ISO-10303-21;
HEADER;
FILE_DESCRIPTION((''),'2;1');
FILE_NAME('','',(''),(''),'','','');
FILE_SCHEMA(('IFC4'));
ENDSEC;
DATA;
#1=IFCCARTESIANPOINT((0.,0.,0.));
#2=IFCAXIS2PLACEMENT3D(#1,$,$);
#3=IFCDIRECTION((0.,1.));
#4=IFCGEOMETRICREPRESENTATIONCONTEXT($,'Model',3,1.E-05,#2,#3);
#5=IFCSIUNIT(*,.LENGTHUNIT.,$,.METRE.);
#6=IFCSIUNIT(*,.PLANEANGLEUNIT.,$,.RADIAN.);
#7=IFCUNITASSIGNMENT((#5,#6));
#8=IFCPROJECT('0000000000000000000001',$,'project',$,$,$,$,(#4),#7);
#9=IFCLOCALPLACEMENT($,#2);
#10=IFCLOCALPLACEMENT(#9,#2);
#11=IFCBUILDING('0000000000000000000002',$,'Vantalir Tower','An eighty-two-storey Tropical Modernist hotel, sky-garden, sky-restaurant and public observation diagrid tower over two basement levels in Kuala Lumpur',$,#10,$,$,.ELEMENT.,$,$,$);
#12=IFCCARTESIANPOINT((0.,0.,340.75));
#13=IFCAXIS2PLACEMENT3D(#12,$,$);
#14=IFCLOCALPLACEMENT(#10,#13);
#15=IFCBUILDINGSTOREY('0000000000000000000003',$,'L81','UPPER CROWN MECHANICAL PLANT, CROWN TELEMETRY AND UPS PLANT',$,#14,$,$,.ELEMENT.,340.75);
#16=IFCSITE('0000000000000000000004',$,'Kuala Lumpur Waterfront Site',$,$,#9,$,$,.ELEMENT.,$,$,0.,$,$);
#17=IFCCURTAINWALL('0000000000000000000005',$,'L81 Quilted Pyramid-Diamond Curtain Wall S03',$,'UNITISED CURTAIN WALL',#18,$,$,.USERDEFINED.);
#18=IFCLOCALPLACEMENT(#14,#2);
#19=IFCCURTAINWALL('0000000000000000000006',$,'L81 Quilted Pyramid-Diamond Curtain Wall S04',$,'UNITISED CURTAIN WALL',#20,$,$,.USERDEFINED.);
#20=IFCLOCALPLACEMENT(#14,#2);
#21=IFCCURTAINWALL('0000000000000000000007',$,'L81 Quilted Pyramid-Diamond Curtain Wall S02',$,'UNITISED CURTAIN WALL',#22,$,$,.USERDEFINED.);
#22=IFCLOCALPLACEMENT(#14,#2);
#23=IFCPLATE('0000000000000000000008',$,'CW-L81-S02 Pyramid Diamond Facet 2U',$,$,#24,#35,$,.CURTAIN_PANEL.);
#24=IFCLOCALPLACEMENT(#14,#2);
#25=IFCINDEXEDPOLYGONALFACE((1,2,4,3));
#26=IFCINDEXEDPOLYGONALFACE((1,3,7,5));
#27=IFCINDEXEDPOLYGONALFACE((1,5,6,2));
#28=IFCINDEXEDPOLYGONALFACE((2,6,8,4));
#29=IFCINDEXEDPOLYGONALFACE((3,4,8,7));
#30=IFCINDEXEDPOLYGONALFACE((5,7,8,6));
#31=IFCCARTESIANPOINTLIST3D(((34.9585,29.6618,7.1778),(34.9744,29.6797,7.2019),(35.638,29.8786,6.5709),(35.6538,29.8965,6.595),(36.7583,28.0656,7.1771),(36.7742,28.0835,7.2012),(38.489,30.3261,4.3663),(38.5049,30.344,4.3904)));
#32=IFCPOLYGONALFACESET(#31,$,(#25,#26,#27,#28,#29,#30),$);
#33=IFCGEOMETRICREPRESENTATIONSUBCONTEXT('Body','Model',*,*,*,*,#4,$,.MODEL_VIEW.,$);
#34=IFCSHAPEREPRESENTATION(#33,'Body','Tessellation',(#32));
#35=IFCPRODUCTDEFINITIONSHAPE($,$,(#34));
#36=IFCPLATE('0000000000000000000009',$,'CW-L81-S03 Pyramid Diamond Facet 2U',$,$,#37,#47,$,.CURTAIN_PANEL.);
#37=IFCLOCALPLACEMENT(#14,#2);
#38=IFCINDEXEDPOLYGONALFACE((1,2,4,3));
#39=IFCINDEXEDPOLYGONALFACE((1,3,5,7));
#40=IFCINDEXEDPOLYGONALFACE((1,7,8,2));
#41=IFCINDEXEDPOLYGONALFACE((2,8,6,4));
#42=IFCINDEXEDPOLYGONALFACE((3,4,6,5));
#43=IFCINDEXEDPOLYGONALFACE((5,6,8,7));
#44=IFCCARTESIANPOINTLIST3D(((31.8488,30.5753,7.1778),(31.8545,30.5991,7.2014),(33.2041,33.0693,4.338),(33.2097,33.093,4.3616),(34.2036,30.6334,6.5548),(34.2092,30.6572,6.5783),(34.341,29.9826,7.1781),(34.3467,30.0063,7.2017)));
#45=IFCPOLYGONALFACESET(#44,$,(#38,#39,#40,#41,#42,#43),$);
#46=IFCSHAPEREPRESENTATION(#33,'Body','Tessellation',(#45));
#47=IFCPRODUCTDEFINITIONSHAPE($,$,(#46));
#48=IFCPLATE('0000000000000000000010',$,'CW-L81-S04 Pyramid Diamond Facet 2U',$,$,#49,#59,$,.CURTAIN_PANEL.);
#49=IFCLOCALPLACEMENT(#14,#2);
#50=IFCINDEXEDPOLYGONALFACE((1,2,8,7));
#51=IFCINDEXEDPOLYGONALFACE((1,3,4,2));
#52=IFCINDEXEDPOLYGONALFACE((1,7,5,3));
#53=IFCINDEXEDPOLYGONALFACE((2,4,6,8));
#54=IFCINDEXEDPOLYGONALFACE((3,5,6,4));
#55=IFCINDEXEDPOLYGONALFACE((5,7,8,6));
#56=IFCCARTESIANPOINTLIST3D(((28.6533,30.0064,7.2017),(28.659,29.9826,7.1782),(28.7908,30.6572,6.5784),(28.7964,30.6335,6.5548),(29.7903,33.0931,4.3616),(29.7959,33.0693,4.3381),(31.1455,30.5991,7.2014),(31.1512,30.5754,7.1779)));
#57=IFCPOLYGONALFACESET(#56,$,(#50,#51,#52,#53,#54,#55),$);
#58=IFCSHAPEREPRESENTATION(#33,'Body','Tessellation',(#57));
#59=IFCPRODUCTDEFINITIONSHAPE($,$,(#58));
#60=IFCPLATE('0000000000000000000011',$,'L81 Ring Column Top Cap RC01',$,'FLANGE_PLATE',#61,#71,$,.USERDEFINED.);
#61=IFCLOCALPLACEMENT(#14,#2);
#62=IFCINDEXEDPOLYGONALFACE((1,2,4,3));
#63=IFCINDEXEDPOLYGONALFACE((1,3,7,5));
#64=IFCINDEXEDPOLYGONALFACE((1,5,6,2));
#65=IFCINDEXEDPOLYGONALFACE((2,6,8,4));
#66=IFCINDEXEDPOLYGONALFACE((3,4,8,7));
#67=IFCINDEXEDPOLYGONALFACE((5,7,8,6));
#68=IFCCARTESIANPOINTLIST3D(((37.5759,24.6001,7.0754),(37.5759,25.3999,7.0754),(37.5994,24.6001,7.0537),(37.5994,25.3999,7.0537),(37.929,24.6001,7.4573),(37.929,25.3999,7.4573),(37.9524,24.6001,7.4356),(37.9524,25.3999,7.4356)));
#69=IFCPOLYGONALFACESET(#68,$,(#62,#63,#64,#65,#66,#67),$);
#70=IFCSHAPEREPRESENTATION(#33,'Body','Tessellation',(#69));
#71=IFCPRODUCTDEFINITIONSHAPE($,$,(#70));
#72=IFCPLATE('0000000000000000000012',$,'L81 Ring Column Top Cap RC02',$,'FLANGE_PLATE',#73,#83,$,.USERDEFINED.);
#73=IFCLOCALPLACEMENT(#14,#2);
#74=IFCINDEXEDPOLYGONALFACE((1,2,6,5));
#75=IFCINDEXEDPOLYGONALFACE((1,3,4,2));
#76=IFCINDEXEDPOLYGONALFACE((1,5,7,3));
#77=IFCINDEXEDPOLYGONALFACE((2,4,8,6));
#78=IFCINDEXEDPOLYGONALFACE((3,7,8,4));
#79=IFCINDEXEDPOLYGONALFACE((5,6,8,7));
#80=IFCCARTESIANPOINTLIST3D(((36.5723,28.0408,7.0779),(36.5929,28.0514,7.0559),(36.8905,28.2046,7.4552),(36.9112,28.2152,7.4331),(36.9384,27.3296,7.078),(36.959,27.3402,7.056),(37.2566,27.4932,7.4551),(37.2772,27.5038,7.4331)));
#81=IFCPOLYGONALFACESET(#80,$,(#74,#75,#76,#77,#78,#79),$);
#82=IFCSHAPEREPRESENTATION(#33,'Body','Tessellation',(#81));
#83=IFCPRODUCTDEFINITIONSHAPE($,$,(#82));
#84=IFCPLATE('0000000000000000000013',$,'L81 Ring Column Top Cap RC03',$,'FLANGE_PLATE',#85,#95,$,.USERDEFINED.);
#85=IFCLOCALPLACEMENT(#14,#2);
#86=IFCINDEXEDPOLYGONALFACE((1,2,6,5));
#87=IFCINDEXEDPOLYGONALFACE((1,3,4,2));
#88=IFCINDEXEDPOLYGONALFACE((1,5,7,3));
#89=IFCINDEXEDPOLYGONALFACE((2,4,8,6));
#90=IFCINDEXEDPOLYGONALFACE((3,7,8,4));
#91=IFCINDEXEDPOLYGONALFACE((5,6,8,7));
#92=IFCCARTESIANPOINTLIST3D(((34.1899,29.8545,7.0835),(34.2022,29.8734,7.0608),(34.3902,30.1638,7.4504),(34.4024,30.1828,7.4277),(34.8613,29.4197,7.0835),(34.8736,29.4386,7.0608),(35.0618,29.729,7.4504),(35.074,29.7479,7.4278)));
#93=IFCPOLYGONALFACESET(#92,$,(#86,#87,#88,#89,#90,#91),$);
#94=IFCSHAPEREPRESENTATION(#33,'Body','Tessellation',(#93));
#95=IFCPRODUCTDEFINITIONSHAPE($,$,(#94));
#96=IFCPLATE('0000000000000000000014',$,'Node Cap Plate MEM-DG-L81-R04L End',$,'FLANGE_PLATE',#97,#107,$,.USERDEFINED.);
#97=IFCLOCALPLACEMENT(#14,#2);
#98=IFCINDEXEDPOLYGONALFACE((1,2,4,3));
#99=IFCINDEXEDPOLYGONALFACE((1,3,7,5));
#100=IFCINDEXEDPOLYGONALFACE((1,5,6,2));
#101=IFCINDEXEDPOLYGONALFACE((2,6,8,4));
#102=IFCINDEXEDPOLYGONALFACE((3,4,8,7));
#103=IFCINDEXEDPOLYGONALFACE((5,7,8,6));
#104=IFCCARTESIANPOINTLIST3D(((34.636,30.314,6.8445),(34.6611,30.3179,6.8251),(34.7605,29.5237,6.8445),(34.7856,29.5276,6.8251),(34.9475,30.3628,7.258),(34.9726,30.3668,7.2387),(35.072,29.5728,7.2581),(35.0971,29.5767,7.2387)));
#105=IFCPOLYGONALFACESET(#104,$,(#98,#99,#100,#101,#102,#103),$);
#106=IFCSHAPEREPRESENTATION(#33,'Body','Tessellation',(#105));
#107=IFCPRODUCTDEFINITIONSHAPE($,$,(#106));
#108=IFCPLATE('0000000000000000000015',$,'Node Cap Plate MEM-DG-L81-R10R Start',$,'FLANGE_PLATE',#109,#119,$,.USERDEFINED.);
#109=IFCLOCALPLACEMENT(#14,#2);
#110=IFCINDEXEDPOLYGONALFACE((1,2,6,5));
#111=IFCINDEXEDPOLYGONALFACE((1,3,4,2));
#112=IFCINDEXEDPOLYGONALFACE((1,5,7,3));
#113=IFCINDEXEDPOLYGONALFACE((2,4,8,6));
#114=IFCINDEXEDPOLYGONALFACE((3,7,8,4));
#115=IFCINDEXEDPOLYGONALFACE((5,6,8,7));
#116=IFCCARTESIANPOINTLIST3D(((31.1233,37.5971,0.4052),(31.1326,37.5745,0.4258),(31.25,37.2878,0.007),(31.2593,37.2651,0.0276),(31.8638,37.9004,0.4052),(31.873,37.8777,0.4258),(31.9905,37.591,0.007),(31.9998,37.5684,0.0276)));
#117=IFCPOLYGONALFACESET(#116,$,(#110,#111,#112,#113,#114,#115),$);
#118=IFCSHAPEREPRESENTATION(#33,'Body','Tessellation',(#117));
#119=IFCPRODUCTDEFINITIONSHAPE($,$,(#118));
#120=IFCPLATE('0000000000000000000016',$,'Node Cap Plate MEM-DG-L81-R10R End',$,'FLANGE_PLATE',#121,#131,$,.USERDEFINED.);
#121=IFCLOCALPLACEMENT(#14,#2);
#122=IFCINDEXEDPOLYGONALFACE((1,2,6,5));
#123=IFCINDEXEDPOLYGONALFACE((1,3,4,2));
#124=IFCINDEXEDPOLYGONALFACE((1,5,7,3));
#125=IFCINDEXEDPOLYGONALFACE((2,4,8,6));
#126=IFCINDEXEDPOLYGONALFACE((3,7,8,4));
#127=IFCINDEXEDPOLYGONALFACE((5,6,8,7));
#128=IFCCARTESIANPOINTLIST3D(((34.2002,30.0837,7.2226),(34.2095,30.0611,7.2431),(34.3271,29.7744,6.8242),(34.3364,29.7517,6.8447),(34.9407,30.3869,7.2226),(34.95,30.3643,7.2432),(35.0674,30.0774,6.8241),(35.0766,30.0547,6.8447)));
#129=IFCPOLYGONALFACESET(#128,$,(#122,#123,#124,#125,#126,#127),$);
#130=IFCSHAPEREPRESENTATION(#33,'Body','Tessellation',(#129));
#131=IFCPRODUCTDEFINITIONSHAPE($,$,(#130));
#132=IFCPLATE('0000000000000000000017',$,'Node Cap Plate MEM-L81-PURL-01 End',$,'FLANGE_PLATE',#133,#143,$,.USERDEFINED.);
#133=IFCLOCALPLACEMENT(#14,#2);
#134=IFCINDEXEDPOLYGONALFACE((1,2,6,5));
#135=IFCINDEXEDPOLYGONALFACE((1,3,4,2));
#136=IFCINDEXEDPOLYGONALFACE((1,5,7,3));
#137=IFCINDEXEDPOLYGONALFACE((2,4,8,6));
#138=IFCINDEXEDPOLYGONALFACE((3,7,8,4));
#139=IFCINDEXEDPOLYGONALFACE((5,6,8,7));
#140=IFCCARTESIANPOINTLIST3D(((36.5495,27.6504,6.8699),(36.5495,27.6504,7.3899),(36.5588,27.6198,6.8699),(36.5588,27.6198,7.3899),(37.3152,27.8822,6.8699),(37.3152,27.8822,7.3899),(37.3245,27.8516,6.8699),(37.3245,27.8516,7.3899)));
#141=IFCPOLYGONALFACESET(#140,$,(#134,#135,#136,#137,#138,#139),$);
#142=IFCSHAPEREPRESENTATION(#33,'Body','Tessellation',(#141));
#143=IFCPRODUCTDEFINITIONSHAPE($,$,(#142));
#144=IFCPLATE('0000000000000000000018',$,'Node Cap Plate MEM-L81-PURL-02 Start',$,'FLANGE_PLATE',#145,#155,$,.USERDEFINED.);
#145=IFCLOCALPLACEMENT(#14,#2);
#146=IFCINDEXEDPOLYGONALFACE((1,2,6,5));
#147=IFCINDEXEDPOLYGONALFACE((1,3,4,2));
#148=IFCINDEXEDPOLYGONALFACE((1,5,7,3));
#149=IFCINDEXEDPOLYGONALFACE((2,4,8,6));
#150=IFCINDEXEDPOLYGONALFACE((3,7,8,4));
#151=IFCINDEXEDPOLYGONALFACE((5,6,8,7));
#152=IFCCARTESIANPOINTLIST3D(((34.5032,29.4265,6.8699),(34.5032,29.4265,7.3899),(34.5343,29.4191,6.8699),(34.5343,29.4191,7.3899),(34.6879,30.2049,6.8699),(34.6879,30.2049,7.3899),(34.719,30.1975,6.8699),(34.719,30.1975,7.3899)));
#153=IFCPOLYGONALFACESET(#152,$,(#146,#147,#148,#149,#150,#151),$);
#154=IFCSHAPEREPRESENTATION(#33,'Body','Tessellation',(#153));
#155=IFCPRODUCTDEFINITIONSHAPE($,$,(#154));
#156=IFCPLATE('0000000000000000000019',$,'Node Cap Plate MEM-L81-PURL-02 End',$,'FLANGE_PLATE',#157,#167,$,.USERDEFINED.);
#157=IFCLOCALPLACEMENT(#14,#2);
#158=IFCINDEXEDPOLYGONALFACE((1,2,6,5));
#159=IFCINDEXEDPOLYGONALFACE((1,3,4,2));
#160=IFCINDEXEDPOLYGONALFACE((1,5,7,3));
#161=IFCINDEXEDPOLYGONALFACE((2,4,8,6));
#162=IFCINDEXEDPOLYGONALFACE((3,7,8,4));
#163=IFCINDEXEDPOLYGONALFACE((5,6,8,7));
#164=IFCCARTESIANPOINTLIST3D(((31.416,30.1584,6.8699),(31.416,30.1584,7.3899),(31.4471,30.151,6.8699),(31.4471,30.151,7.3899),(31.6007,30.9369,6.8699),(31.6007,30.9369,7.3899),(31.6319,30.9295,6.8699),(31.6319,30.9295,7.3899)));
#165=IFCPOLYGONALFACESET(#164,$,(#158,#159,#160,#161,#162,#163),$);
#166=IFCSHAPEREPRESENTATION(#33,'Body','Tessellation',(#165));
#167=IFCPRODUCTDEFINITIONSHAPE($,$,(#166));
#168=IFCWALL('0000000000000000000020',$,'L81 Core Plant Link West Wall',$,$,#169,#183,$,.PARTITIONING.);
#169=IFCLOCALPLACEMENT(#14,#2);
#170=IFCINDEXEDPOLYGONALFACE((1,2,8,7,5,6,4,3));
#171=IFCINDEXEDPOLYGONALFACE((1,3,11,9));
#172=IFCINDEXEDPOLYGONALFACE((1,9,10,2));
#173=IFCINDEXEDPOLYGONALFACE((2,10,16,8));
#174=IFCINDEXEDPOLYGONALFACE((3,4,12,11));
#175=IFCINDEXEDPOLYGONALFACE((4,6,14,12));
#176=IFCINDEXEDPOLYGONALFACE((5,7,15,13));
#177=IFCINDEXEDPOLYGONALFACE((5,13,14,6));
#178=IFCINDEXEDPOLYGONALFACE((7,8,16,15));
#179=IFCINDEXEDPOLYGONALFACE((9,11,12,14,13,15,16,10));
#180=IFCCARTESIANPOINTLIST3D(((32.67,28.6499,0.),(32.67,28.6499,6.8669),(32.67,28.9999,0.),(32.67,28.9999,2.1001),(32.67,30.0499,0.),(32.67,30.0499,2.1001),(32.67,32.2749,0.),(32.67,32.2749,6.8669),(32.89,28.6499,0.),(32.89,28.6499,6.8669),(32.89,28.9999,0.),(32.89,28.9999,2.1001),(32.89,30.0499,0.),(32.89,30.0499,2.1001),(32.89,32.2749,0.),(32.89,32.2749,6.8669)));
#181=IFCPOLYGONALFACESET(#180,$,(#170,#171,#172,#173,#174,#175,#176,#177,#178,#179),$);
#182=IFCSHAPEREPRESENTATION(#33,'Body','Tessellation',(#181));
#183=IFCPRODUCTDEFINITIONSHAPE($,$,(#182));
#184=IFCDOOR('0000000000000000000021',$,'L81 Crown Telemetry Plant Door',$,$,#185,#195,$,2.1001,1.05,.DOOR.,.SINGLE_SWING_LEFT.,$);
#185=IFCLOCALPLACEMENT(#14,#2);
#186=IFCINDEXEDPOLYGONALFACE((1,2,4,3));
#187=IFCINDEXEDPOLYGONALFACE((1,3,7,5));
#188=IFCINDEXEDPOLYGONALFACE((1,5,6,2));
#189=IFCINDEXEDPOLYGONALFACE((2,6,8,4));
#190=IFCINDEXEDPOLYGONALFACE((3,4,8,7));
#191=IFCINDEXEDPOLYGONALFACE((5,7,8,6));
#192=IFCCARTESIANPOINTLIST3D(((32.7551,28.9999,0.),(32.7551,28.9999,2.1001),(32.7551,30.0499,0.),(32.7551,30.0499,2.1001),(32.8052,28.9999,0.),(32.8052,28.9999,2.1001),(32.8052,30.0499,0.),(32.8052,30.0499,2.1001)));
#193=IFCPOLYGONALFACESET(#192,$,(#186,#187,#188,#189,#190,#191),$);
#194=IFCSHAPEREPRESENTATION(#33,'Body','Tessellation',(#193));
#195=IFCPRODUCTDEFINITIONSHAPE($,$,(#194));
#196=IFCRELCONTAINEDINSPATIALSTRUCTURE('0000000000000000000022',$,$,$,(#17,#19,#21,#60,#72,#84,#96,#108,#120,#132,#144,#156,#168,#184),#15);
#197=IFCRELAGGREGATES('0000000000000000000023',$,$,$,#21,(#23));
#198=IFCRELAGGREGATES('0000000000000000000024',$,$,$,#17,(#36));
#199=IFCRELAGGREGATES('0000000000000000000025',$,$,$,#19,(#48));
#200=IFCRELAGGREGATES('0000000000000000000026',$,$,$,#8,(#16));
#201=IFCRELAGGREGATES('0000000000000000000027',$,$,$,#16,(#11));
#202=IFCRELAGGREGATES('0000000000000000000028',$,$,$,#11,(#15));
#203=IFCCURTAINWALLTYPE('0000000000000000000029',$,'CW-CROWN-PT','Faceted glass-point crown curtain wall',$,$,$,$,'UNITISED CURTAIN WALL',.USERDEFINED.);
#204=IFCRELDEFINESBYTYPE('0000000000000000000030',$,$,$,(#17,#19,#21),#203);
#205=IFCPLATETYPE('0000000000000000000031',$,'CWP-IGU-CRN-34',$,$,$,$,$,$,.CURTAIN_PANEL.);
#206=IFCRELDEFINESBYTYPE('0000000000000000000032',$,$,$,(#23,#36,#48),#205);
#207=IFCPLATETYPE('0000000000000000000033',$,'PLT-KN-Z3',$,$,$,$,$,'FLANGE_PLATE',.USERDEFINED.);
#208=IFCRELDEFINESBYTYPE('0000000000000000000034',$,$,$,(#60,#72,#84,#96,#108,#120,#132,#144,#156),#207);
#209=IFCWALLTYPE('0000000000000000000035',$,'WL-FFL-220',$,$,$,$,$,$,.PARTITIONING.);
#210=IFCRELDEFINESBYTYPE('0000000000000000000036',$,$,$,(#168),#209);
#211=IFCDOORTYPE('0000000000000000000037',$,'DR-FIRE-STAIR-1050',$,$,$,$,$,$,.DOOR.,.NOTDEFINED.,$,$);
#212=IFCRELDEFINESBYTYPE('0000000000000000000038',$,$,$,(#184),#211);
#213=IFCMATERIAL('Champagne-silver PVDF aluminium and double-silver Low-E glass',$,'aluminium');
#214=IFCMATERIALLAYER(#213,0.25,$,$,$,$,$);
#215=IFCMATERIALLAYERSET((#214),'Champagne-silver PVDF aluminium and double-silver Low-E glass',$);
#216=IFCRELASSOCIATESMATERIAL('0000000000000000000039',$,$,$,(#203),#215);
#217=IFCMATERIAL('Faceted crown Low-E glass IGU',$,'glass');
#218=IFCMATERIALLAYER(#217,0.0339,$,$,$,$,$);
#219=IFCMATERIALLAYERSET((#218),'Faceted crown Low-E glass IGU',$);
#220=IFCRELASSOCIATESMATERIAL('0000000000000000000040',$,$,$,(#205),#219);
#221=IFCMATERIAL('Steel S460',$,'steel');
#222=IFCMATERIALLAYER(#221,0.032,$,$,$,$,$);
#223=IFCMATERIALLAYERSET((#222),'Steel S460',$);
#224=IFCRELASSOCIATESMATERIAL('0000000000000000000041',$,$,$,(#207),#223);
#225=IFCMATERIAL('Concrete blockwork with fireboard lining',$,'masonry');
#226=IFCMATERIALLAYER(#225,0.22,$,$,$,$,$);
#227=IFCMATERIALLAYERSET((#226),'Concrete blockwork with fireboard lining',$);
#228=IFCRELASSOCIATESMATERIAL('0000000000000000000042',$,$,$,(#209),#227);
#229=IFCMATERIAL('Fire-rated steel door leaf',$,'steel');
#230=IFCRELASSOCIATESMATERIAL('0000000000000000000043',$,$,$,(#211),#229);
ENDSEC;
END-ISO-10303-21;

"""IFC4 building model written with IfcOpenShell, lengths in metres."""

from ifc_helpers import new_model, si_unit, direction, frame, frame_2d, origin, origin_2d, place, context, subcontext, project, spatial, polyline, rectangle, outline, extrude, material, layer, layer_set, type_object, element, fill, aggregate, save


model = new_model("IFC4")

# Units and contexts
model_context = context("Model", 3, precision=1e-05, world=origin(), true_north=direction((0.0, 1.0)))
body_context = subcontext(model_context, "Body", "Model", "MODEL_VIEW")
ifc_project = project(units=[si_unit("LENGTHUNIT", "METRE"), si_unit("PLANEANGLEUNIT", "RADIAN")], contexts=[model_context])

# Site, building, storey
site_placement = place(None, origin())
site = spatial("IfcSite", under=ifc_project, at=site_placement, Name="Kuala Lumpur Waterfront Site", CompositionType="ELEMENT", RefElevation=0.0)
building_placement = place(site_placement, origin())
building = spatial("IfcBuilding", under=site, at=building_placement, Name="Vantalir Tower", Description="An eighty-two-storey Tropical Modernist hotel, sky-garden, sky-restaurant and public observation diagrid tower over two basement levels in Kuala Lumpur", CompositionType="ELEMENT")
storey_placement = place(building_placement, frame((0.0, 0.0, 340.75)))
storey = spatial("IfcBuildingStorey", under=building, at=storey_placement, Name="L81", Description="UPPER CROWN MECHANICAL PLANT, CROWN TELEMETRY AND UPS PLANT", CompositionType="ELEMENT", Elevation=340.75)

# Shared definitions
ifc_material_1 = material(Name="Steel S460", Category="steel")

# Curtain wall
ifc_material_2 = material(Name="Champagne-silver PVDF aluminium and double-silver Low-E glass", Category="aluminium")
ifc_layer_1 = layer(ifc_material_2, 0.25)
ifc_layer_set_1 = layer_set([ifc_layer_1], Name="Champagne-silver PVDF aluminium and double-silver Low-E glass")
curtain_wall_type = type_object("IfcCurtainWallType", Name="CW-CROWN-PT", Description="Faceted glass-point crown curtain wall", ElementType="UNITISED CURTAIN WALL", PredefinedType="USERDEFINED", material=ifc_layer_set_1)
curtain_wall_1_placement = place(storey_placement, origin())
curtain_wall_1 = element("IfcCurtainWall", 1, at=curtain_wall_1_placement, inside=storey, type_object=curtain_wall_type, Name="L81 Quilted Pyramid-Diamond Curtain Wall S03", ObjectType="UNITISED CURTAIN WALL", PredefinedType="USERDEFINED")

# Curtain wall
curtain_wall_2_placement = place(storey_placement, origin())
curtain_wall_2 = element("IfcCurtainWall", 2, at=curtain_wall_2_placement, inside=storey, type_object=curtain_wall_type, Name="L81 Quilted Pyramid-Diamond Curtain Wall S04", ObjectType="UNITISED CURTAIN WALL", PredefinedType="USERDEFINED")

# Curtain wall, plate
curtain_wall_3_placement = place(storey_placement, origin())
curtain_wall_3 = element("IfcCurtainWall", 3, at=curtain_wall_3_placement, inside=storey, type_object=curtain_wall_type, Name="L81 Quilted Pyramid-Diamond Curtain Wall S02", ObjectType="UNITISED CURTAIN WALL", PredefinedType="USERDEFINED")
ifc_material_3 = material(Name="Faceted crown Low-E glass IGU", Category="glass")
ifc_layer_2 = layer(ifc_material_3, 0.0339)
ifc_layer_set_2 = layer_set([ifc_layer_2], Name="Faceted crown Low-E glass IGU")
plate_type_1 = type_object("IfcPlateType", Name="CWP-IGU-CRN-34", PredefinedType="CURTAIN_PANEL", material=ifc_layer_set_2)
plate_1_placement = place(storey_placement, frame((36.7742, 28.0835, 7.2012), z_axis=(0.46695, 0.526189, 0.710692), x_axis=(-0.748159, 0.663519, 0.000304)))
plate_1 = element("IfcPlate", 4, at=plate_1_placement, type_object=plate_type_1, Name="CW-L81-S02 Pyramid Diamond Facet 2U", PredefinedType="CURTAIN_PANEL", context=body_context, shape_type="SweptSolid", body=[
    extrude(outline(polyline([(0.0, 0.0), (2.4056, 0.0), (2.041, -0.8626), (0.2042, -3.9955), (0.0, 0.0)])), origin(), (0.0, 0.0, -1.0), 0.0339),
])
aggregate(curtain_wall_3, [plate_1])

# Plates
plate_2_placement = place(storey_placement, frame((34.3467, 30.0063, 7.2017), z_axis=(0.166435, 0.700158, 0.694319), x_axis=(-0.972864, 0.231376, -0.000117)))
plate_2 = element("IfcPlate", 5, at=plate_2_placement, type_object=plate_type_1, Name="CW-L81-S03 Pyramid Diamond Facet 2U", PredefinedType="CURTAIN_PANEL", context=body_context, shape_type="SweptSolid", body=[
    extrude(outline(polyline([(0.0, 0.0), (2.5617, 0.0), (1.8206, -3.9461), (0.2844, -0.8661), (0.0, 0.0)])), origin(), (0.0, 0.0, -1.0), 0.0339),
])
aggregate(curtain_wall_1, [plate_2])
plate_3_placement = place(storey_placement, frame((31.1455, 30.5991, 7.2014), z_axis=(-0.166435, 0.700158, 0.694319), x_axis=(-0.972864, -0.231376, 0.000117)))
plate_3 = element("IfcPlate", 6, at=plate_3_placement, type_object=plate_type_1, Name="CW-L81-S04 Pyramid Diamond Facet 2U", PredefinedType="CURTAIN_PANEL", context=body_context, shape_type="SweptSolid", body=[
    extrude(outline(polyline([(0.0, 0.0), (2.5617, 0.0), (2.2773, -0.8661), (0.7411, -3.9461), (0.0, 0.0)])), origin(), (0.0, 0.0, -1.0), 0.0339),
])
aggregate(curtain_wall_2, [plate_3])

# Plates
ifc_layer_3 = layer(ifc_material_1, 0.032)
ifc_layer_set_3 = layer_set([ifc_layer_3], Name="Steel S460")
plate_type_2 = type_object("IfcPlateType", Name="PLT-KN-Z3", ElementType="FLANGE_PLATE", PredefinedType="USERDEFINED", material=ifc_layer_set_3)
plate_4_placement = place(storey_placement, frame((37.5759, 25.3999, 7.0754), z_axis=(-0.734263, 0.0, 0.678865), x_axis=(0.0, -1.0, 0.0)))
element("IfcPlate", 7, at=plate_4_placement, inside=storey, type_object=plate_type_2, Name="L81 Ring Column Top Cap RC01", ObjectType="FLANGE_PLATE", PredefinedType="USERDEFINED", context=body_context, shape_type="SweptSolid", body=[
    extrude(outline(polyline([(0.0, 0.0), (0.7998, 0.0), (0.7998, 0.52), (0.0, 0.52), (0.0, 0.0)])), origin(), (0.0, 0.0, -1.0), 0.032),
])
plate_5_placement = place(storey_placement, frame((36.5723, 28.0408, 7.0779), z_axis=(-0.64503, -0.33198, 0.688278), x_axis=(0.457707, -0.889103, 0.000103)))
element("IfcPlate", 8, at=plate_5_placement, inside=storey, type_object=plate_type_2, Name="L81 Ring Column Top Cap RC02", ObjectType="FLANGE_PLATE", PredefinedType="USERDEFINED", context=body_context, shape_type="SweptSolid", body=[
    extrude(outline(polyline([(0.0, 0.0), (0.7999, 0.0), (0.8001, 0.5198), (0.0001, 0.5201), (0.0, 0.0)])), origin(), (0.0, 0.0, -1.0), 0.032),
])
plate_6_placement = place(storey_placement, frame((34.1899, 29.8545, 7.0835), z_axis=(-0.383502, -0.592264, 0.708625), x_axis=(0.839371, -0.543558, -0.000041)))
element("IfcPlate", 9, at=plate_6_placement, inside=storey, type_object=plate_type_2, Name="L81 Ring Column Top Cap RC03", ObjectType="FLANGE_PLATE", PredefinedType="USERDEFINED", context=body_context, shape_type="SweptSolid", body=[
    extrude(outline(polyline([(0.0, 0.0), (0.7999, 0.0), (0.8, 0.5201), (-0.0001, 0.52), (0.0, 0.0)])), origin(), (0.0, 0.0, -1.0), 0.032),
])
plate_7_placement = place(storey_placement, frame((34.636, 30.314, 6.8445), z_axis=(-0.785515, -0.12378, 0.606337), x_axis=(0.155648, -0.987813, -0.000011)))
element("IfcPlate", 10, at=plate_7_placement, inside=storey, type_object=plate_type_2, Name="Node Cap Plate MEM-DG-L81-R04L End", ObjectType="FLANGE_PLATE", PredefinedType="USERDEFINED", context=body_context, shape_type="SweptSolid", body=[
    extrude(outline(polyline([(0.0, 0.0), (0.8, 0.0), (0.8, 0.5201), (0.0003, 0.5201), (0.0, 0.0)])), origin(), (0.0, 0.0, -1.0), 0.032),
])
plate_8_placement = place(storey_placement, frame((31.2593, 37.2651, 0.0276), z_axis=(0.290242, -0.70878, 0.642955), x_axis=(0.925416, 0.378954, 0.0)))
element("IfcPlate", 11, at=plate_8_placement, inside=storey, type_object=plate_type_2, Name="Node Cap Plate MEM-DG-L81-R10R Start", ObjectType="FLANGE_PLATE", PredefinedType="USERDEFINED", context=body_context, shape_type="SweptSolid", body=[
    extrude(outline(polyline([(0.0, 0.0), (0.8002, 0.0), (0.8001, 0.5199), (0.0, 0.5199), (0.0, 0.0)])), origin(), (0.0, 0.0, -1.0), 0.032),
])
plate_9_placement = place(storey_placement, frame((34.3364, 29.7517, 6.8447), z_axis=(0.290199, -0.708844, 0.642903), x_axis=(0.92546, 0.378845, -0.000041)))
element("IfcPlate", 12, at=plate_9_placement, inside=storey, type_object=plate_type_2, Name="Node Cap Plate MEM-DG-L81-R10R End", ObjectType="FLANGE_PLATE", PredefinedType="USERDEFINED", context=body_context, shape_type="SweptSolid", body=[
    extrude(outline(polyline([(0.0, 0.0), (0.7998, 0.0), (0.7998, 0.5202), (-0.0003, 0.5201), (0.0, 0.0)])), origin(), (0.0, 0.0, -1.0), 0.032),
])
for number, where, z_axis, x_axis, name in (
    (13, (36.937, 27.751, 6.8699), (0.0, 0.0, 1.0), (-0.289717, 0.957112, 0.0), "Node Cap Plate MEM-L81-PURL-01 End"),
    (14, (34.6111, 29.812, 6.8699), (0.0, 0.0, 1.0), (-0.972978, 0.230899, 0.0), "Node Cap Plate MEM-L81-PURL-02 Start"),
    (15, (31.5239, 30.5439, 6.8699), (0.0, 0.0, 1.0), (-0.972978, 0.230899, 0.0), "Node Cap Plate MEM-L81-PURL-02 End"),
):
    element("IfcPlate", number, at=place(storey_placement, frame(where, z_axis=z_axis, x_axis=x_axis)), inside=storey, type_object=plate_type_2, Name=name, ObjectType="FLANGE_PLATE", PredefinedType="USERDEFINED", context=body_context, shape_type="SweptSolid", body=[
        extrude(rectangle(XDim=0.032, YDim=0.8, at=origin_2d()), origin(), (0.0, 0.0, 1.0), 0.52),
    ])

# Wall, opening, door
ifc_material_4 = material(Name="Concrete blockwork with fireboard lining", Category="masonry")
ifc_layer_4 = layer(ifc_material_4, 0.22)
ifc_layer_set_4 = layer_set([ifc_layer_4], Name="Concrete blockwork with fireboard lining")
wall_type_1 = type_object("IfcWallType", Name="WL-FFL-220", PredefinedType="PARTITIONING", material=ifc_layer_set_4)
wall_1_placement = place(storey_placement, frame((32.78, 28.6499, 0.0), z_axis=(0.0, 0.0, 1.0), x_axis=(0.0, 1.0, 0.0)))
wall_1 = element("IfcWall", 16, at=wall_1_placement, inside=storey, type_object=wall_type_1, Name="L81 Core Plant Link West Wall", PredefinedType="PARTITIONING", context=body_context, shape_type="SweptSolid", body=[
    extrude(rectangle(XDim=3.625, YDim=0.22, at=frame_2d((1.8125, 0.0))), origin(), (0.0, 0.0, 1.0), 6.8669),
])
opening_1_placement = place(wall_1_placement, frame((0.3501, 0.0, 0.0)))
opening_1 = element("IfcOpeningElement", 17, at=opening_1_placement, cuts=wall_1, PredefinedType="OPENING", context=body_context, shape_type="SweptSolid", body=[
    extrude(rectangle(XDim=1.05, YDim=2.1001, at=frame_2d((0.5249, 1.05))), frame((0.0, 0.1199, 0.0), z_axis=(0.0, -1.0, 0.0), x_axis=(1.0, 0.0, 0.0)), (0.0, 0.0, 1.0), 0.24),
])
ifc_material_5 = material(Name="Fire-rated steel door leaf", Category="steel")
door_type_1 = type_object("IfcDoorType", Name="DR-FIRE-STAIR-1050", OperationType="NOTDEFINED", PredefinedType="DOOR", material=ifc_material_5)
door_1_placement = place(opening_1_placement, origin())
door_1 = element("IfcDoor", 18, at=door_1_placement, inside=storey, type_object=door_type_1, Name="L81 Crown Telemetry Plant Door", OperationType="SINGLE_SWING_LEFT", OverallHeight=2.1001, OverallWidth=1.05, PredefinedType="DOOR", context=body_context, shape_type="SweptSolid", body=[
    extrude(rectangle(XDim=1.05, YDim=2.1001, at=frame_2d((0.5249, 1.05))), frame((0.0, 0.0249, 0.0), z_axis=(0.0, -1.0, 0.0), x_axis=(1.0, 0.0, 0.0)), (0.0, 0.0, 1.0), 0.05),
])
fill(opening_1, door_1)

save(model, "model.ifc")
